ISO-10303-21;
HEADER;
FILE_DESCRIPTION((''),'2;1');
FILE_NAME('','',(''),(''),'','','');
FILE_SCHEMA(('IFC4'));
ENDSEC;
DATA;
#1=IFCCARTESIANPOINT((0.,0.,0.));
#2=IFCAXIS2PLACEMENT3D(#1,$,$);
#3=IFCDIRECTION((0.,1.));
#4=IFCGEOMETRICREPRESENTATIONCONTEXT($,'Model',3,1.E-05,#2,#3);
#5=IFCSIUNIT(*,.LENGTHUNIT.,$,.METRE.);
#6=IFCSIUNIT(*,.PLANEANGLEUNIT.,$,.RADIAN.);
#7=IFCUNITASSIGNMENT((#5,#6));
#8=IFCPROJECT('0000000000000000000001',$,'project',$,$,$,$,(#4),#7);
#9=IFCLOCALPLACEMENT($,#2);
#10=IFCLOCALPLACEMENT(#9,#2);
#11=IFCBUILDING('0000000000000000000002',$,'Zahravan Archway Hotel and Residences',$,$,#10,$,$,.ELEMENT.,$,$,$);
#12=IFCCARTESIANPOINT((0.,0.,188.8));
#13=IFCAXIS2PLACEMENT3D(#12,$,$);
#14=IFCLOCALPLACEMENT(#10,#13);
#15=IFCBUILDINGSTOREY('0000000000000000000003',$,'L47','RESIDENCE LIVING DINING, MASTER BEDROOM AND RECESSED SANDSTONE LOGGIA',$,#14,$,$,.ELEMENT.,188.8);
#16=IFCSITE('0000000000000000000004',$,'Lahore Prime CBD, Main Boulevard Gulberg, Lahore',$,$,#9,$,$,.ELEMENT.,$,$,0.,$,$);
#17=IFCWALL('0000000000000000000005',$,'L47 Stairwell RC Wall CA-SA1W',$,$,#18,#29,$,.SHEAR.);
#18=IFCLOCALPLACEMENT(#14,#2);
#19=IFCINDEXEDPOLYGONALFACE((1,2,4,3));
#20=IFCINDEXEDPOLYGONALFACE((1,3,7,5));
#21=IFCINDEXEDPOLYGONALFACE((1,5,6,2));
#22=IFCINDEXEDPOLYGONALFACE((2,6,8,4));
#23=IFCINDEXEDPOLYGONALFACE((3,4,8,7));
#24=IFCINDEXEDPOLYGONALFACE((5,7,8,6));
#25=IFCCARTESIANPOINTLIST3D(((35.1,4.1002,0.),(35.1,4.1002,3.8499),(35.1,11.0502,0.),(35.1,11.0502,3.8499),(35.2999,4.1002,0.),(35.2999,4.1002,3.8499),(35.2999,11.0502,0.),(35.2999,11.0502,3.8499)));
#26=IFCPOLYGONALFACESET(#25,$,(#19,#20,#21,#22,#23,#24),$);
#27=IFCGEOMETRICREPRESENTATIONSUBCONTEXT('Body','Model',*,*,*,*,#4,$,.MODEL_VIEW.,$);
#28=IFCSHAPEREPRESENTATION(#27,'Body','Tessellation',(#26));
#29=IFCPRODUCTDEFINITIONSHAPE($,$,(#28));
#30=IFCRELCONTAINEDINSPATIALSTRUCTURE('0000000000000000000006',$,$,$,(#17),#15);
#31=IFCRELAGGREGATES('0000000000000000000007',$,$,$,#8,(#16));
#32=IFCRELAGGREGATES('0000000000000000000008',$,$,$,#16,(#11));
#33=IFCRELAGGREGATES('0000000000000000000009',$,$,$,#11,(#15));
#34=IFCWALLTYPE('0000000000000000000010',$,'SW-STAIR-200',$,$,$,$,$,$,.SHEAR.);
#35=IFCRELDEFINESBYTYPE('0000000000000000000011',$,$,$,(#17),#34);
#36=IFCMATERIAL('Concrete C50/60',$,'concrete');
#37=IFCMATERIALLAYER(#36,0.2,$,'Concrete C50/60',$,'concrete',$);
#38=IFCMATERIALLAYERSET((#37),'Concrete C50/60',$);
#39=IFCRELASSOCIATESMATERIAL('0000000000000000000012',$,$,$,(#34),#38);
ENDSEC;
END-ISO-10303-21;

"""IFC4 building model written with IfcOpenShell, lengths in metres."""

from ifc_helpers import new_model, si_unit, direction, frame, frame_2d, origin, place, context, subcontext, project, spatial, rectangle, extrude, material, layer, layer_set, type_object, element, save


model = new_model("IFC4")

# Units and contexts
model_context = context("Model", 3, precision=1e-05, world=origin(), true_north=direction((0.0, 1.0)))
body_context = subcontext(model_context, "Body", "Model", "MODEL_VIEW")
ifc_project = project(units=[si_unit("LENGTHUNIT", "METRE"), si_unit("PLANEANGLEUNIT", "RADIAN")], contexts=[model_context])

# Site, building, storey
site_placement = place(None, origin())
site = spatial("IfcSite", under=ifc_project, at=site_placement, Name="Lahore Prime CBD, Main Boulevard Gulberg, Lahore", CompositionType="ELEMENT", RefElevation=0.0)
building_placement = place(site_placement, origin())
building = spatial("IfcBuilding", under=site, at=building_placement, Name="Zahravan Archway Hotel and Residences", CompositionType="ELEMENT")
storey_placement = place(building_placement, frame((0.0, 0.0, 188.8)))
storey = spatial("IfcBuildingStorey", under=building, at=storey_placement, Name="L47", Description="RESIDENCE LIVING DINING, MASTER BEDROOM AND RECESSED SANDSTONE LOGGIA", CompositionType="ELEMENT", Elevation=188.8)

# Wall
ifc_material_1 = material(Name="Concrete C50/60", Category="concrete")
ifc_layer_1 = layer(ifc_material_1, 0.2, Name="Concrete C50/60", Category="concrete")
ifc_layer_set_1 = layer_set([ifc_layer_1], Name="Concrete C50/60")
wall_type_1 = type_object("IfcWallType", Name="SW-STAIR-200", PredefinedType="SHEAR", material=ifc_layer_set_1)
wall_1_placement = place(storey_placement, frame((35.2, 4.1001, 0.0), z_axis=(0.0, 0.0, 1.0), x_axis=(0.0, 1.0, 0.0)))
element("IfcWall", 1, at=wall_1_placement, inside=storey, type_object=wall_type_1, Name="L47 Stairwell RC Wall CA-SA1W", PredefinedType="SHEAR", context=body_context, shape_type="SweptSolid", body=[
    extrude(rectangle(XDim=6.95, YDim=0.2, at=frame_2d((3.4751, 0.0))), origin(), (0.0, 0.0, 1.0), 3.8499),
])

save(model, "model.ifc")
